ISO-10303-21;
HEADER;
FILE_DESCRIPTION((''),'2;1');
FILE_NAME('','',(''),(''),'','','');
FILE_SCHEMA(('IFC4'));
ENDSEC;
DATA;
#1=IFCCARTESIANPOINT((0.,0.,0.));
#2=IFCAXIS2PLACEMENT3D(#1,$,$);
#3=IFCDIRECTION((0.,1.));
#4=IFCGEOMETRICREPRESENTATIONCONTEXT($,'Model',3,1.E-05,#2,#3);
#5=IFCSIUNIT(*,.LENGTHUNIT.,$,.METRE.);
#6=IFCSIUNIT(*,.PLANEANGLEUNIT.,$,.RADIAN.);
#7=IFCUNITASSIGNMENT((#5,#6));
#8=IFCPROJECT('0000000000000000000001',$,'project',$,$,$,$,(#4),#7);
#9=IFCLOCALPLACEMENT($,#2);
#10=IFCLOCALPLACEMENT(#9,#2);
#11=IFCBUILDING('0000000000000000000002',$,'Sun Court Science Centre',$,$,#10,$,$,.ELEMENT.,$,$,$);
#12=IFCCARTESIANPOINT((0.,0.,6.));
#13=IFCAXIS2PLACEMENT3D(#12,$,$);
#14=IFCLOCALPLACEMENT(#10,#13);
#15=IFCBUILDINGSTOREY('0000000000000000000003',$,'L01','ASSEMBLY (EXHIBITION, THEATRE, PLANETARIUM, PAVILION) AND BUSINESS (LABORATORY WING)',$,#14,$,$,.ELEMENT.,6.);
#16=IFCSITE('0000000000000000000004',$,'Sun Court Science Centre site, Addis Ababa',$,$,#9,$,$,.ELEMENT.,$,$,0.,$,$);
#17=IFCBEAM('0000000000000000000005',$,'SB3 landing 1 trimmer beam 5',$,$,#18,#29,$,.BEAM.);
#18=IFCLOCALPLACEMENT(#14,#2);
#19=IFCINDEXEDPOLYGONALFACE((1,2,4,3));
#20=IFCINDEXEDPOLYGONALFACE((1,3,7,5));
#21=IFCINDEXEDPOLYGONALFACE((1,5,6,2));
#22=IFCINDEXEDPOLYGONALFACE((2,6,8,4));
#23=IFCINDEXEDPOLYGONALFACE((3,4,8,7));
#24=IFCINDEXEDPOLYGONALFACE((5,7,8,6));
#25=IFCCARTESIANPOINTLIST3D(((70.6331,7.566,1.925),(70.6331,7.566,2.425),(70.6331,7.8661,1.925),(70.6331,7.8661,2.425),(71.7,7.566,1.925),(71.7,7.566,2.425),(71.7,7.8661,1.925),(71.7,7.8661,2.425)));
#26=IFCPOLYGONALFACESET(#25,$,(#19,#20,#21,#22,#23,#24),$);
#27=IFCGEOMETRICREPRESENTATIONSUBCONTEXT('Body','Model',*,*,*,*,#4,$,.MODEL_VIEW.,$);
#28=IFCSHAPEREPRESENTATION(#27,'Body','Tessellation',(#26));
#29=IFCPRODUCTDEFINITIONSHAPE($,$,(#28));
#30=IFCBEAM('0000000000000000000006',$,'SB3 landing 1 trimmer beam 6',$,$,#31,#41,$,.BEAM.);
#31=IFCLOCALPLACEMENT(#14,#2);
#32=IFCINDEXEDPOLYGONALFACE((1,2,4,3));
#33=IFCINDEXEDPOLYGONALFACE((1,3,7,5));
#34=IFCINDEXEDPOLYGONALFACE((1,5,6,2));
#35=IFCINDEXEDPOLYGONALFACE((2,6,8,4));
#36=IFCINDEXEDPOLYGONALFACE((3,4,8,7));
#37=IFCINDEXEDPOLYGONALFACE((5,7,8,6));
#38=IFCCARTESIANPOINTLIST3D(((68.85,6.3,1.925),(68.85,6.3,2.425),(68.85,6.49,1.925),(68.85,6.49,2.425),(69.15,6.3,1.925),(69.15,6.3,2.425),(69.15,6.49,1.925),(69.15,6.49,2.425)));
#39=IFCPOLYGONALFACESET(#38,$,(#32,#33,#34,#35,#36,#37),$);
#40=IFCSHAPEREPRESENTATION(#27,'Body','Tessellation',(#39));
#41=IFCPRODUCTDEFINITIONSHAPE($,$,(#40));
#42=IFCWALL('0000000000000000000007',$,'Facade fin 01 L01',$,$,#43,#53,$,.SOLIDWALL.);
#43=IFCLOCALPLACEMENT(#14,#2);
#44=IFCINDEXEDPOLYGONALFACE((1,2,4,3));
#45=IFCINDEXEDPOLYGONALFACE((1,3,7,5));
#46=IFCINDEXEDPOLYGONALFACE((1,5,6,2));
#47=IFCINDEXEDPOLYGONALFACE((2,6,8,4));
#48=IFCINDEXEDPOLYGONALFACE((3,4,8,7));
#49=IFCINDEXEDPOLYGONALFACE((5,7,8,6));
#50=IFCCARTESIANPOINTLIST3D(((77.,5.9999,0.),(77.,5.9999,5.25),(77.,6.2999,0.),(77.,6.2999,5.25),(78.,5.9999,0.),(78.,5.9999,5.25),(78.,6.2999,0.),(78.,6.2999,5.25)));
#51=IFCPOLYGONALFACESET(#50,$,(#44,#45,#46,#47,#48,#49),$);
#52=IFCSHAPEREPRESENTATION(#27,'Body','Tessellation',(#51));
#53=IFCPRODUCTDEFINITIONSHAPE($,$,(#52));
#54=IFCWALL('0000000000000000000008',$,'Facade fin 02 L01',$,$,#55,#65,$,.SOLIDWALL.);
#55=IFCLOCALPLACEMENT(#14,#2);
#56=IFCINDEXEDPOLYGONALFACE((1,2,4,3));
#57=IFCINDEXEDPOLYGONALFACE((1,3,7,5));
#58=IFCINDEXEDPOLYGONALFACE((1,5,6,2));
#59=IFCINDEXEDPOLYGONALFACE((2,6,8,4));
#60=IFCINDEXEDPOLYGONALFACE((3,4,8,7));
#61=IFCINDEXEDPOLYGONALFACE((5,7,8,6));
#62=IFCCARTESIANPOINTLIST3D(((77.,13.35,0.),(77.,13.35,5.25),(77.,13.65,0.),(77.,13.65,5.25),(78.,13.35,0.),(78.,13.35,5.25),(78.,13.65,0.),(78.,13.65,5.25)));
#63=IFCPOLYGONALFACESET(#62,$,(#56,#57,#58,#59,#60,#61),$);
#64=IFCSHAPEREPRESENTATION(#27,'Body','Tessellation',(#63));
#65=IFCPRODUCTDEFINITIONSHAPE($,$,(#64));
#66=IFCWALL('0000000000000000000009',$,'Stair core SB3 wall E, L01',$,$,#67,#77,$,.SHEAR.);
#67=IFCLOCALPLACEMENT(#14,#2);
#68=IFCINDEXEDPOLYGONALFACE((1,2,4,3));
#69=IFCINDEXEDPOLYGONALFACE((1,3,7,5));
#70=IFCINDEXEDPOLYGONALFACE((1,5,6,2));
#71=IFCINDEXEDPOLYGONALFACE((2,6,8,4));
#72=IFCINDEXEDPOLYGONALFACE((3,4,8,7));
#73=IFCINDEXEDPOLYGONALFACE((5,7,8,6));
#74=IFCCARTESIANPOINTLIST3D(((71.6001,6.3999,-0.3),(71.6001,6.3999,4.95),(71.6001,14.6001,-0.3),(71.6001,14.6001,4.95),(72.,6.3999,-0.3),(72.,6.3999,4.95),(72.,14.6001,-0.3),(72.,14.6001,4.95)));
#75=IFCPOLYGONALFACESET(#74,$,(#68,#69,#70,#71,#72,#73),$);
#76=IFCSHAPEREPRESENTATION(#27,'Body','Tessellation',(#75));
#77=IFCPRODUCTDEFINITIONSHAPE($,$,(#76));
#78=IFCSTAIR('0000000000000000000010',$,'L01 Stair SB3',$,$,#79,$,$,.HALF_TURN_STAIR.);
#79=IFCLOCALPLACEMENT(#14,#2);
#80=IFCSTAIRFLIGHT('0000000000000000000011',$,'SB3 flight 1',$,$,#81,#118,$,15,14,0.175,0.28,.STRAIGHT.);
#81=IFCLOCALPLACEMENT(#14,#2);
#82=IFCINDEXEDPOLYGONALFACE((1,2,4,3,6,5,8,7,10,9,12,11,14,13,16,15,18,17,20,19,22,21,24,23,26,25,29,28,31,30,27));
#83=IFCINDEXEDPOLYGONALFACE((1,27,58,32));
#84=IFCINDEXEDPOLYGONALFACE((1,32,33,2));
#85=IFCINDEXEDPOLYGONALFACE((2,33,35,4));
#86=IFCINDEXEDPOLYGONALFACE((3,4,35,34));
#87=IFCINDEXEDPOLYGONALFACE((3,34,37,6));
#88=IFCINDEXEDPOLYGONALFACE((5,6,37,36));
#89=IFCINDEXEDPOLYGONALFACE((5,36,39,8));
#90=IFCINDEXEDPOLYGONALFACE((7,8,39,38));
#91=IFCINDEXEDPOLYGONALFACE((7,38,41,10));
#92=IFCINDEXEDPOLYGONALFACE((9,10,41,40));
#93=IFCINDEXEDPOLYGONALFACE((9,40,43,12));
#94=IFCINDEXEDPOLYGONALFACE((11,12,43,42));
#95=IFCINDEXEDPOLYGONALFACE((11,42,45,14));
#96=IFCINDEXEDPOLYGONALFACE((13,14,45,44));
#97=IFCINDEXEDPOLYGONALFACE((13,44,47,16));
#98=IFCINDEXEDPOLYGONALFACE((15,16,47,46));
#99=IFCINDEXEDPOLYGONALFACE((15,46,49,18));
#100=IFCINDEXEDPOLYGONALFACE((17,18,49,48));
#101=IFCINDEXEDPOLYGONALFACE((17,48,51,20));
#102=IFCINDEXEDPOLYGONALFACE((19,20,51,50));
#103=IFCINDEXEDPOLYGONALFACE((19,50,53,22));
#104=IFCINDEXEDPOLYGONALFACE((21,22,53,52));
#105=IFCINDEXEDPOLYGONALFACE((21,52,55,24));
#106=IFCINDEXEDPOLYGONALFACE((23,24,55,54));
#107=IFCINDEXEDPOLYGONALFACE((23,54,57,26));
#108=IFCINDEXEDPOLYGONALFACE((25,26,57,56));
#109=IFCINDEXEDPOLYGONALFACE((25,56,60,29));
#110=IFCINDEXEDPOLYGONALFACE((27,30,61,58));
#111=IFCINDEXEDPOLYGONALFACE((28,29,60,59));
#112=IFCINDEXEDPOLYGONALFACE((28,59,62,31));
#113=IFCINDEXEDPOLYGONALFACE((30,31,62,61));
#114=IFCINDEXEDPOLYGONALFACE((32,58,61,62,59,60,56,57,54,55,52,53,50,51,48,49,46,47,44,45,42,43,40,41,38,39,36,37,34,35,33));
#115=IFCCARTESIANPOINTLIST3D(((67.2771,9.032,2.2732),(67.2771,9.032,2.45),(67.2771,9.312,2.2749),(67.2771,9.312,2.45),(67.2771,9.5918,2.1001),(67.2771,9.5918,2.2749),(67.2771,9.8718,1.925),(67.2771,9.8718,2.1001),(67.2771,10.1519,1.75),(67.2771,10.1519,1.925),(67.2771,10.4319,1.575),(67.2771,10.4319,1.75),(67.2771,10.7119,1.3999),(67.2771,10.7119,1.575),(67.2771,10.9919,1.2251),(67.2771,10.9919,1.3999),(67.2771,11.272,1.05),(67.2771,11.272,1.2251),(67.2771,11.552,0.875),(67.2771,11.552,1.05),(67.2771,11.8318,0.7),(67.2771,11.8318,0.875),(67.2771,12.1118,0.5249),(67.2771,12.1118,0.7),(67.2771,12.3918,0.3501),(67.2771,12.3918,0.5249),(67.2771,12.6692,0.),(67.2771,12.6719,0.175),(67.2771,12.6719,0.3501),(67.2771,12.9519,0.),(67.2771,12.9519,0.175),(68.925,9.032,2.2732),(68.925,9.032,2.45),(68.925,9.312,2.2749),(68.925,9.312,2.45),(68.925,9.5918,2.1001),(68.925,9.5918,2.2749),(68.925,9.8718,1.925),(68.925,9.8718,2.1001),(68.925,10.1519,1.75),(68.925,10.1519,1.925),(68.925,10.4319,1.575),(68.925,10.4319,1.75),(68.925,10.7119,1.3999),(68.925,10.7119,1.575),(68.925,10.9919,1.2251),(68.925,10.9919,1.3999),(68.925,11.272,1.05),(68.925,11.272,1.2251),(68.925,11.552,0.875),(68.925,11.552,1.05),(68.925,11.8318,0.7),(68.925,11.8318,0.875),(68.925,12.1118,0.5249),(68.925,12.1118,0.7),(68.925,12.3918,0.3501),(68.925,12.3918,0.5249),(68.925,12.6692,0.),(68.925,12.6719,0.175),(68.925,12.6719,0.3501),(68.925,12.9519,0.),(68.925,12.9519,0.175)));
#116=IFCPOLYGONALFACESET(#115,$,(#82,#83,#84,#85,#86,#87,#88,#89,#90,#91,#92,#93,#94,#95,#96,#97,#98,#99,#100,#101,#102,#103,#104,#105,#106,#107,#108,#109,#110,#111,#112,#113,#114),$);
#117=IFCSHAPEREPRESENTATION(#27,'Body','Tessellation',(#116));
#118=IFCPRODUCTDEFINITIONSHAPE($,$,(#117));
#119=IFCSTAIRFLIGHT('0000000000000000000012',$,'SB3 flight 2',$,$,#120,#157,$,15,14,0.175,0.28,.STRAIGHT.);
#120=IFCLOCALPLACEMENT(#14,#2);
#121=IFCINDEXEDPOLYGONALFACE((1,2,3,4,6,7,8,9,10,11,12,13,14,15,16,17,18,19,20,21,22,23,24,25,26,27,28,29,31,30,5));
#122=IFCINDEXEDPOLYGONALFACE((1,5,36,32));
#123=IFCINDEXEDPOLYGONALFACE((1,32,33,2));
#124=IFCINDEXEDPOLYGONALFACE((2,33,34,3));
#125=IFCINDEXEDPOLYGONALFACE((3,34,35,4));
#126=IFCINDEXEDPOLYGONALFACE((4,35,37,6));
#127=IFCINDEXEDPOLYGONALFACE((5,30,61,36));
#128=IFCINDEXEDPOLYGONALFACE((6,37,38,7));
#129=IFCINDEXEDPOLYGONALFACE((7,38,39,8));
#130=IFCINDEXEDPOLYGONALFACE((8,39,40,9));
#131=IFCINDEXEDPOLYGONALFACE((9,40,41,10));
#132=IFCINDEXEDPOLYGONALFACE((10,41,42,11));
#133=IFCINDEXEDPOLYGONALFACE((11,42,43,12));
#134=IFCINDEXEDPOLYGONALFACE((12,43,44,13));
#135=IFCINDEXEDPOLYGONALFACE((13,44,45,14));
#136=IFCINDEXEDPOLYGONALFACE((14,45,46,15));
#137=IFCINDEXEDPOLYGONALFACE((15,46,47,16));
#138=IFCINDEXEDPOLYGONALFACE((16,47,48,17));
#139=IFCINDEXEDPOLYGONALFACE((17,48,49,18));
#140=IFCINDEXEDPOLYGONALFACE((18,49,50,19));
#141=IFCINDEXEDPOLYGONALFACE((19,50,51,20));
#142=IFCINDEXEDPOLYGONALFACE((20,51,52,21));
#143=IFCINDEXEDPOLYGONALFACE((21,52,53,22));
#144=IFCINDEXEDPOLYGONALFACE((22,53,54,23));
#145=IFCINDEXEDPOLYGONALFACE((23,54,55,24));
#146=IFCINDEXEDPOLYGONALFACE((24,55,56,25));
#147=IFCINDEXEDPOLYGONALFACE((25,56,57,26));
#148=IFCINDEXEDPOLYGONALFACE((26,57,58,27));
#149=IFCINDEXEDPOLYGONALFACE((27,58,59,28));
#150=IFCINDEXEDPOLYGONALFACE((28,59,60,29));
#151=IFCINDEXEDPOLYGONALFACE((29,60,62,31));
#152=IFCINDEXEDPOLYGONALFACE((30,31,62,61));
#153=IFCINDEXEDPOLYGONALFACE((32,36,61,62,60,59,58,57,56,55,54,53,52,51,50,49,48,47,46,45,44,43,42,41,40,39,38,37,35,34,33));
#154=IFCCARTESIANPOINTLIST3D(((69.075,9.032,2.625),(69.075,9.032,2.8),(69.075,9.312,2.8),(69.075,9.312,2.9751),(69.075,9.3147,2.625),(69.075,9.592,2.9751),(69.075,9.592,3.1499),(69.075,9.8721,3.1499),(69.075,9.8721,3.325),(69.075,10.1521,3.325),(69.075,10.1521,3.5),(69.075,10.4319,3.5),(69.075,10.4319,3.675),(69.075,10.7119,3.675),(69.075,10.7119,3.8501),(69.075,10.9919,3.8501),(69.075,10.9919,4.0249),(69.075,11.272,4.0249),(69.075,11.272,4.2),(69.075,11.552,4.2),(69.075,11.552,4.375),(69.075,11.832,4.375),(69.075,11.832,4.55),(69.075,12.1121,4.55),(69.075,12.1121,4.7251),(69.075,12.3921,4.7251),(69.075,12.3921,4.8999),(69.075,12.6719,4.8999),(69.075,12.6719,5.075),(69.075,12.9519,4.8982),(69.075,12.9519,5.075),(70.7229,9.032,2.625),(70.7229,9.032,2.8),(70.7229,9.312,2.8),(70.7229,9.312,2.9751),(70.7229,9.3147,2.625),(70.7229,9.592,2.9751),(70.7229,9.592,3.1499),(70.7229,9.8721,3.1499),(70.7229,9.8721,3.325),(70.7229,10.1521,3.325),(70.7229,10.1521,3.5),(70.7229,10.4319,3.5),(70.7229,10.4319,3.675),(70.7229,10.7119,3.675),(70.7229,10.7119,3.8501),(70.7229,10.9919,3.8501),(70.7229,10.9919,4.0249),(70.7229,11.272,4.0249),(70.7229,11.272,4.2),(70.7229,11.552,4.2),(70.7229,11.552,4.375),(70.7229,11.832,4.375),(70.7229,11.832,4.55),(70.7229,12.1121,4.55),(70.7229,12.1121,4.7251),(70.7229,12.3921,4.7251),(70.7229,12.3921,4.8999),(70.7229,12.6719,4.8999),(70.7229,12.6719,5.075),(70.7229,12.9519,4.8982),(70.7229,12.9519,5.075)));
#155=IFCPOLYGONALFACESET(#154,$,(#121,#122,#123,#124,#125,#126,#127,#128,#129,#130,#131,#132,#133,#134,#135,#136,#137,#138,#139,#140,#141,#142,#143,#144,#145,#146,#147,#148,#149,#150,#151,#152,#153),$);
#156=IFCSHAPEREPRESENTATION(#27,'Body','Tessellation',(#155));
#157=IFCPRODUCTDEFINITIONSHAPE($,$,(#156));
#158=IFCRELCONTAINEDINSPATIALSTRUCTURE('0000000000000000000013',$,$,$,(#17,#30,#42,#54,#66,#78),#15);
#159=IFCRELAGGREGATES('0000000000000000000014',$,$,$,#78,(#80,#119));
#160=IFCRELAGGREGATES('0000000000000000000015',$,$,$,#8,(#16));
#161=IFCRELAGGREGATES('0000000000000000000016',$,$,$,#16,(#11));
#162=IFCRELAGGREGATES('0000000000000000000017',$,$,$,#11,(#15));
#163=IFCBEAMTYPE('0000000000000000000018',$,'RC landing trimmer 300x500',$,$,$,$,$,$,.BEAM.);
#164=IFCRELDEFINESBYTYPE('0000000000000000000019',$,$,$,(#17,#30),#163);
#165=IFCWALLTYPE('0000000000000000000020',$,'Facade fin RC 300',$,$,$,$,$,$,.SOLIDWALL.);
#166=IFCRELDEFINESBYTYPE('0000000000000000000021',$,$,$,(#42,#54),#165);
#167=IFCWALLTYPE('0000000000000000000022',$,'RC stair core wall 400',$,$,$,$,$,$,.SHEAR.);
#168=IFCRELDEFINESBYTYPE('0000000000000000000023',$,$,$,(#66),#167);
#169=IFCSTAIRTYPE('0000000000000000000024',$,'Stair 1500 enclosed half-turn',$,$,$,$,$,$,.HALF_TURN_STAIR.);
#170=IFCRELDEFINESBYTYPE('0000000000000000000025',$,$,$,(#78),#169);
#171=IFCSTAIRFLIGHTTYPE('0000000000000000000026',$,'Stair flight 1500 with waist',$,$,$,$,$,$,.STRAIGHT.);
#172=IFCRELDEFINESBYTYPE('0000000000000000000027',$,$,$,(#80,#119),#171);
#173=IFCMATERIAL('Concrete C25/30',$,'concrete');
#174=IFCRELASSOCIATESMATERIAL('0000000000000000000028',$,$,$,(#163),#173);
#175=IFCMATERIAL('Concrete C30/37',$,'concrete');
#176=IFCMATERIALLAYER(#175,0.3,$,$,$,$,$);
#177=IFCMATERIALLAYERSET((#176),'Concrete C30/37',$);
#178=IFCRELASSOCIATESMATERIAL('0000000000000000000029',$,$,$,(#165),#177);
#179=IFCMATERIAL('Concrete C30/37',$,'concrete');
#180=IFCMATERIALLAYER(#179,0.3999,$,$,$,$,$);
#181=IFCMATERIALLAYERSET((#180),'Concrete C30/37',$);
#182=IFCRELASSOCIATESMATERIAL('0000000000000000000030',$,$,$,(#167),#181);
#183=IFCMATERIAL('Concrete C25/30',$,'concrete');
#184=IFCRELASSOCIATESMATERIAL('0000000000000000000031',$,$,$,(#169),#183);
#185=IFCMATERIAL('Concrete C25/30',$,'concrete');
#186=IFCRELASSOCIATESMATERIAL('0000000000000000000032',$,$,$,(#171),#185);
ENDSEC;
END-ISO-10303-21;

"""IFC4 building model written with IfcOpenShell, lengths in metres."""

from ifc_helpers import new_model, si_unit, direction, frame, frame_2d, origin, origin_2d, place, context, subcontext, project, spatial, polyline, rectangle, outline, extrude, material, layer, layer_set, material_profile, profile_set, type_object, element, aggregate, save


model = new_model("IFC4")

# Units and contexts
model_context = context("Model", 3, precision=1e-05, world=origin(), true_north=direction((0.0, 1.0)))
body_context = subcontext(model_context, "Body", "Model", "MODEL_VIEW")
ifc_project = project(units=[si_unit("LENGTHUNIT", "METRE"), si_unit("PLANEANGLEUNIT", "RADIAN")], contexts=[model_context])

# Site, building, storey
site_placement = place(None, origin())
site = spatial("IfcSite", under=ifc_project, at=site_placement, Name="Sun Court Science Centre site, Addis Ababa", CompositionType="ELEMENT", RefElevation=0.0)
building_placement = place(site_placement, origin())
building = spatial("IfcBuilding", under=site, at=building_placement, Name="Sun Court Science Centre", CompositionType="ELEMENT")
storey_placement = place(building_placement, frame((0.0, 0.0, 6.0)))
storey = spatial("IfcBuildingStorey", under=building, at=storey_placement, Name="L01", Description="ASSEMBLY (EXHIBITION, THEATRE, PLANETARIUM, PAVILION) AND BUSINESS (LABORATORY WING)", CompositionType="ELEMENT", Elevation=6.0)

# Beams
ifc_material_1 = material(Name="Concrete C25/30", Category="concrete")
ifc_material_profile = material_profile(ifc_material_1, rectangle(XDim=0.3, YDim=0.5, at=origin_2d()), Name="RC 300x500")
ifc_profile_set = profile_set([ifc_material_profile], Name="Concrete C25/30")
beam_type = type_object("IfcBeamType", Name="RC landing trimmer 300x500", PredefinedType="BEAM", material=ifc_profile_set)
beam_1_placement = place(storey_placement, frame((71.7, 7.7161, 2.175), z_axis=(-1.0, 0.0, 0.0), x_axis=(0.0, -1.0, 0.0)))
element("IfcBeam", 1, at=beam_1_placement, inside=storey, type_object=beam_type, Name="SB3 landing 1 trimmer beam 5", PredefinedType="BEAM", context=body_context, shape_type="SweptSolid", body=[
    extrude(rectangle(XDim=0.3, YDim=0.5, at=origin_2d()), origin(), (0.0, 0.0, 1.0), 1.0669),
])
beam_2_placement = place(storey_placement, frame((69.0, 6.3, 2.175), z_axis=(0.0, 1.0, 0.0), x_axis=(-1.0, 0.0, 0.0)))
element("IfcBeam", 2, at=beam_2_placement, inside=storey, type_object=beam_type, Name="SB3 landing 1 trimmer beam 6", PredefinedType="BEAM", context=body_context, shape_type="SweptSolid", body=[
    extrude(rectangle(XDim=0.3, YDim=0.5, at=origin_2d()), origin(), (0.0, 0.0, 1.0), 0.1899),
])

# Walls
ifc_material_2 = material(Name="Concrete C30/37", Category="concrete")
ifc_layer_1 = layer(ifc_material_2, 0.3)
ifc_layer_set_1 = layer_set([ifc_layer_1], Name="Concrete C30/37")
wall_type_1 = type_object("IfcWallType", Name="Facade fin RC 300", PredefinedType="SOLIDWALL", material=ifc_layer_set_1)
for number, where, z_axis, x_axis, name in (
    (3, (77.0, 6.1499, 0.0), (0.0, 0.0, 1.0), (1.0, 0.0, 0.0), "Facade fin 01 L01"),
    (4, (77.0, 13.5, 0.0), (0.0, 0.0, 1.0), (1.0, 0.0, 0.0), "Facade fin 02 L01"),
):
    element("IfcWall", number, at=place(storey_placement, frame(where, z_axis=z_axis, x_axis=x_axis)), inside=storey, type_object=wall_type_1, Name=name, PredefinedType="SOLIDWALL", context=body_context, shape_type="SweptSolid", body=[
        extrude(rectangle(XDim=1.0, YDim=0.3, at=frame_2d((0.5, 0.0))), origin(), (0.0, 0.0, 1.0), 5.25),
    ])
ifc_material_3 = material(Name="Concrete C30/37", Category="concrete")
ifc_layer_2 = layer(ifc_material_3, 0.3999)
ifc_layer_set_2 = layer_set([ifc_layer_2], Name="Concrete C30/37")
wall_type_2 = type_object("IfcWallType", Name="RC stair core wall 400", PredefinedType="SHEAR", material=ifc_layer_set_2)
wall_placement = place(storey_placement, frame((71.8, 6.3999, -0.3), z_axis=(0.0, 0.0, 1.0), x_axis=(0.0, 1.0, 0.0)))
element("IfcWall", 5, at=wall_placement, inside=storey, type_object=wall_type_2, Name="Stair core SB3 wall E, L01", PredefinedType="SHEAR", context=body_context, shape_type="SweptSolid", body=[
    extrude(rectangle(XDim=8.2002, YDim=0.3999, at=frame_2d((4.1001, 0.0))), origin(), (0.0, 0.0, 1.0), 5.25),
])

# Stair, stair flights
ifc_material_4 = material(Name="Concrete C25/30", Category="concrete")
stair_type = type_object("IfcStairType", Name="Stair 1500 enclosed half-turn", PredefinedType="HALF_TURN_STAIR", material=ifc_material_4)
stair_placement = place(storey_placement, origin())
stair = element("IfcStair", 6, at=stair_placement, inside=storey, type_object=stair_type, Name="L01 Stair SB3", PredefinedType="HALF_TURN_STAIR")
ifc_material_5 = material(Name="Concrete C25/30", Category="concrete")
stair_flight_type = type_object("IfcStairFlightType", Name="Stair flight 1500 with waist", PredefinedType="STRAIGHT", material=ifc_material_5)
stair_flight_1_placement = place(storey_placement, frame((68.1011, 12.9519, 0.0), z_axis=(0.0, 0.0, 1.0), x_axis=(0.0, -1.0, 0.0)))
stair_flight_1 = element("IfcStairFlight", 7, at=stair_flight_1_placement, type_object=stair_flight_type, Name="SB3 flight 1", NumberOfRisers=15, NumberOfTreads=14, PredefinedType="STRAIGHT", RiserHeight=0.175, TreadLength=0.28, context=body_context, shape_type="SweptSolid", body=[
    extrude(outline(polyline([(0.0, 0.0), (0.0, 0.175), (0.28, 0.175), (0.28, 0.3501), (0.5601, 0.3501), (0.5601, 0.5249), (0.8401, 0.5249), (0.8401, 0.7), (1.1201, 0.7), (1.1201, 0.875), (1.3999, 0.875), (1.3999, 1.05), (1.6799, 1.05), (1.6799, 1.2251), (1.96, 1.2251), (1.96, 1.3999), (2.24, 1.3999), (2.24, 1.575), (2.52, 1.575), (2.52, 1.75), (2.8, 1.75), (2.8, 1.925), (3.0801, 1.925), (3.0801, 2.1001), (3.3601, 2.1001), (3.3601, 2.2749), (3.6399, 2.2749), (3.6399, 2.45), (3.9199, 2.45), (3.9199, 2.625), (3.9199, 2.2732), (0.2827, 0.0), (0.0, 0.0)])), frame((0.0, 0.824, 0.0), z_axis=(0.0, -1.0, 0.0), x_axis=(1.0, 0.0, 0.0)), (0.0, 0.0, 1.0), 1.6479),
])
stair_flight_2_placement = place(storey_placement, frame((69.8989, 9.032, 2.625), z_axis=(0.0, 0.0, 1.0), x_axis=(0.0, 1.0, 0.0)))
stair_flight_2 = element("IfcStairFlight", 8, at=stair_flight_2_placement, type_object=stair_flight_type, Name="SB3 flight 2", NumberOfRisers=15, NumberOfTreads=14, PredefinedType="STRAIGHT", RiserHeight=0.175, TreadLength=0.28, context=body_context, shape_type="SweptSolid", body=[
    extrude(outline(polyline([(0.0, 0.0), (0.0, 0.175), (0.28, 0.175), (0.28, 0.3501), (0.5601, 0.3501), (0.5601, 0.5249), (0.8401, 0.5249), (0.8401, 0.7), (1.1201, 0.7), (1.1201, 0.875), (1.3999, 0.875), (1.3999, 1.05), (1.6799, 1.05), (1.6799, 1.2251), (1.96, 1.2251), (1.96, 1.3999), (2.24, 1.3999), (2.24, 1.575), (2.52, 1.575), (2.52, 1.75), (2.8, 1.75), (2.8, 1.925), (3.0801, 1.925), (3.0801, 2.1001), (3.3601, 2.1001), (3.3601, 2.2749), (3.6399, 2.2749), (3.6399, 2.45), (3.9199, 2.45), (3.9199, 2.625), (3.9199, 2.2732), (0.2827, 0.0), (0.0, 0.0)])), frame((0.0, 0.824, 0.0), z_axis=(0.0, -1.0, 0.0), x_axis=(1.0, 0.0, 0.0)), (0.0, 0.0, 1.0), 1.6479),
])
aggregate(stair, [stair_flight_1, stair_flight_2])

save(model, "model.ifc")
